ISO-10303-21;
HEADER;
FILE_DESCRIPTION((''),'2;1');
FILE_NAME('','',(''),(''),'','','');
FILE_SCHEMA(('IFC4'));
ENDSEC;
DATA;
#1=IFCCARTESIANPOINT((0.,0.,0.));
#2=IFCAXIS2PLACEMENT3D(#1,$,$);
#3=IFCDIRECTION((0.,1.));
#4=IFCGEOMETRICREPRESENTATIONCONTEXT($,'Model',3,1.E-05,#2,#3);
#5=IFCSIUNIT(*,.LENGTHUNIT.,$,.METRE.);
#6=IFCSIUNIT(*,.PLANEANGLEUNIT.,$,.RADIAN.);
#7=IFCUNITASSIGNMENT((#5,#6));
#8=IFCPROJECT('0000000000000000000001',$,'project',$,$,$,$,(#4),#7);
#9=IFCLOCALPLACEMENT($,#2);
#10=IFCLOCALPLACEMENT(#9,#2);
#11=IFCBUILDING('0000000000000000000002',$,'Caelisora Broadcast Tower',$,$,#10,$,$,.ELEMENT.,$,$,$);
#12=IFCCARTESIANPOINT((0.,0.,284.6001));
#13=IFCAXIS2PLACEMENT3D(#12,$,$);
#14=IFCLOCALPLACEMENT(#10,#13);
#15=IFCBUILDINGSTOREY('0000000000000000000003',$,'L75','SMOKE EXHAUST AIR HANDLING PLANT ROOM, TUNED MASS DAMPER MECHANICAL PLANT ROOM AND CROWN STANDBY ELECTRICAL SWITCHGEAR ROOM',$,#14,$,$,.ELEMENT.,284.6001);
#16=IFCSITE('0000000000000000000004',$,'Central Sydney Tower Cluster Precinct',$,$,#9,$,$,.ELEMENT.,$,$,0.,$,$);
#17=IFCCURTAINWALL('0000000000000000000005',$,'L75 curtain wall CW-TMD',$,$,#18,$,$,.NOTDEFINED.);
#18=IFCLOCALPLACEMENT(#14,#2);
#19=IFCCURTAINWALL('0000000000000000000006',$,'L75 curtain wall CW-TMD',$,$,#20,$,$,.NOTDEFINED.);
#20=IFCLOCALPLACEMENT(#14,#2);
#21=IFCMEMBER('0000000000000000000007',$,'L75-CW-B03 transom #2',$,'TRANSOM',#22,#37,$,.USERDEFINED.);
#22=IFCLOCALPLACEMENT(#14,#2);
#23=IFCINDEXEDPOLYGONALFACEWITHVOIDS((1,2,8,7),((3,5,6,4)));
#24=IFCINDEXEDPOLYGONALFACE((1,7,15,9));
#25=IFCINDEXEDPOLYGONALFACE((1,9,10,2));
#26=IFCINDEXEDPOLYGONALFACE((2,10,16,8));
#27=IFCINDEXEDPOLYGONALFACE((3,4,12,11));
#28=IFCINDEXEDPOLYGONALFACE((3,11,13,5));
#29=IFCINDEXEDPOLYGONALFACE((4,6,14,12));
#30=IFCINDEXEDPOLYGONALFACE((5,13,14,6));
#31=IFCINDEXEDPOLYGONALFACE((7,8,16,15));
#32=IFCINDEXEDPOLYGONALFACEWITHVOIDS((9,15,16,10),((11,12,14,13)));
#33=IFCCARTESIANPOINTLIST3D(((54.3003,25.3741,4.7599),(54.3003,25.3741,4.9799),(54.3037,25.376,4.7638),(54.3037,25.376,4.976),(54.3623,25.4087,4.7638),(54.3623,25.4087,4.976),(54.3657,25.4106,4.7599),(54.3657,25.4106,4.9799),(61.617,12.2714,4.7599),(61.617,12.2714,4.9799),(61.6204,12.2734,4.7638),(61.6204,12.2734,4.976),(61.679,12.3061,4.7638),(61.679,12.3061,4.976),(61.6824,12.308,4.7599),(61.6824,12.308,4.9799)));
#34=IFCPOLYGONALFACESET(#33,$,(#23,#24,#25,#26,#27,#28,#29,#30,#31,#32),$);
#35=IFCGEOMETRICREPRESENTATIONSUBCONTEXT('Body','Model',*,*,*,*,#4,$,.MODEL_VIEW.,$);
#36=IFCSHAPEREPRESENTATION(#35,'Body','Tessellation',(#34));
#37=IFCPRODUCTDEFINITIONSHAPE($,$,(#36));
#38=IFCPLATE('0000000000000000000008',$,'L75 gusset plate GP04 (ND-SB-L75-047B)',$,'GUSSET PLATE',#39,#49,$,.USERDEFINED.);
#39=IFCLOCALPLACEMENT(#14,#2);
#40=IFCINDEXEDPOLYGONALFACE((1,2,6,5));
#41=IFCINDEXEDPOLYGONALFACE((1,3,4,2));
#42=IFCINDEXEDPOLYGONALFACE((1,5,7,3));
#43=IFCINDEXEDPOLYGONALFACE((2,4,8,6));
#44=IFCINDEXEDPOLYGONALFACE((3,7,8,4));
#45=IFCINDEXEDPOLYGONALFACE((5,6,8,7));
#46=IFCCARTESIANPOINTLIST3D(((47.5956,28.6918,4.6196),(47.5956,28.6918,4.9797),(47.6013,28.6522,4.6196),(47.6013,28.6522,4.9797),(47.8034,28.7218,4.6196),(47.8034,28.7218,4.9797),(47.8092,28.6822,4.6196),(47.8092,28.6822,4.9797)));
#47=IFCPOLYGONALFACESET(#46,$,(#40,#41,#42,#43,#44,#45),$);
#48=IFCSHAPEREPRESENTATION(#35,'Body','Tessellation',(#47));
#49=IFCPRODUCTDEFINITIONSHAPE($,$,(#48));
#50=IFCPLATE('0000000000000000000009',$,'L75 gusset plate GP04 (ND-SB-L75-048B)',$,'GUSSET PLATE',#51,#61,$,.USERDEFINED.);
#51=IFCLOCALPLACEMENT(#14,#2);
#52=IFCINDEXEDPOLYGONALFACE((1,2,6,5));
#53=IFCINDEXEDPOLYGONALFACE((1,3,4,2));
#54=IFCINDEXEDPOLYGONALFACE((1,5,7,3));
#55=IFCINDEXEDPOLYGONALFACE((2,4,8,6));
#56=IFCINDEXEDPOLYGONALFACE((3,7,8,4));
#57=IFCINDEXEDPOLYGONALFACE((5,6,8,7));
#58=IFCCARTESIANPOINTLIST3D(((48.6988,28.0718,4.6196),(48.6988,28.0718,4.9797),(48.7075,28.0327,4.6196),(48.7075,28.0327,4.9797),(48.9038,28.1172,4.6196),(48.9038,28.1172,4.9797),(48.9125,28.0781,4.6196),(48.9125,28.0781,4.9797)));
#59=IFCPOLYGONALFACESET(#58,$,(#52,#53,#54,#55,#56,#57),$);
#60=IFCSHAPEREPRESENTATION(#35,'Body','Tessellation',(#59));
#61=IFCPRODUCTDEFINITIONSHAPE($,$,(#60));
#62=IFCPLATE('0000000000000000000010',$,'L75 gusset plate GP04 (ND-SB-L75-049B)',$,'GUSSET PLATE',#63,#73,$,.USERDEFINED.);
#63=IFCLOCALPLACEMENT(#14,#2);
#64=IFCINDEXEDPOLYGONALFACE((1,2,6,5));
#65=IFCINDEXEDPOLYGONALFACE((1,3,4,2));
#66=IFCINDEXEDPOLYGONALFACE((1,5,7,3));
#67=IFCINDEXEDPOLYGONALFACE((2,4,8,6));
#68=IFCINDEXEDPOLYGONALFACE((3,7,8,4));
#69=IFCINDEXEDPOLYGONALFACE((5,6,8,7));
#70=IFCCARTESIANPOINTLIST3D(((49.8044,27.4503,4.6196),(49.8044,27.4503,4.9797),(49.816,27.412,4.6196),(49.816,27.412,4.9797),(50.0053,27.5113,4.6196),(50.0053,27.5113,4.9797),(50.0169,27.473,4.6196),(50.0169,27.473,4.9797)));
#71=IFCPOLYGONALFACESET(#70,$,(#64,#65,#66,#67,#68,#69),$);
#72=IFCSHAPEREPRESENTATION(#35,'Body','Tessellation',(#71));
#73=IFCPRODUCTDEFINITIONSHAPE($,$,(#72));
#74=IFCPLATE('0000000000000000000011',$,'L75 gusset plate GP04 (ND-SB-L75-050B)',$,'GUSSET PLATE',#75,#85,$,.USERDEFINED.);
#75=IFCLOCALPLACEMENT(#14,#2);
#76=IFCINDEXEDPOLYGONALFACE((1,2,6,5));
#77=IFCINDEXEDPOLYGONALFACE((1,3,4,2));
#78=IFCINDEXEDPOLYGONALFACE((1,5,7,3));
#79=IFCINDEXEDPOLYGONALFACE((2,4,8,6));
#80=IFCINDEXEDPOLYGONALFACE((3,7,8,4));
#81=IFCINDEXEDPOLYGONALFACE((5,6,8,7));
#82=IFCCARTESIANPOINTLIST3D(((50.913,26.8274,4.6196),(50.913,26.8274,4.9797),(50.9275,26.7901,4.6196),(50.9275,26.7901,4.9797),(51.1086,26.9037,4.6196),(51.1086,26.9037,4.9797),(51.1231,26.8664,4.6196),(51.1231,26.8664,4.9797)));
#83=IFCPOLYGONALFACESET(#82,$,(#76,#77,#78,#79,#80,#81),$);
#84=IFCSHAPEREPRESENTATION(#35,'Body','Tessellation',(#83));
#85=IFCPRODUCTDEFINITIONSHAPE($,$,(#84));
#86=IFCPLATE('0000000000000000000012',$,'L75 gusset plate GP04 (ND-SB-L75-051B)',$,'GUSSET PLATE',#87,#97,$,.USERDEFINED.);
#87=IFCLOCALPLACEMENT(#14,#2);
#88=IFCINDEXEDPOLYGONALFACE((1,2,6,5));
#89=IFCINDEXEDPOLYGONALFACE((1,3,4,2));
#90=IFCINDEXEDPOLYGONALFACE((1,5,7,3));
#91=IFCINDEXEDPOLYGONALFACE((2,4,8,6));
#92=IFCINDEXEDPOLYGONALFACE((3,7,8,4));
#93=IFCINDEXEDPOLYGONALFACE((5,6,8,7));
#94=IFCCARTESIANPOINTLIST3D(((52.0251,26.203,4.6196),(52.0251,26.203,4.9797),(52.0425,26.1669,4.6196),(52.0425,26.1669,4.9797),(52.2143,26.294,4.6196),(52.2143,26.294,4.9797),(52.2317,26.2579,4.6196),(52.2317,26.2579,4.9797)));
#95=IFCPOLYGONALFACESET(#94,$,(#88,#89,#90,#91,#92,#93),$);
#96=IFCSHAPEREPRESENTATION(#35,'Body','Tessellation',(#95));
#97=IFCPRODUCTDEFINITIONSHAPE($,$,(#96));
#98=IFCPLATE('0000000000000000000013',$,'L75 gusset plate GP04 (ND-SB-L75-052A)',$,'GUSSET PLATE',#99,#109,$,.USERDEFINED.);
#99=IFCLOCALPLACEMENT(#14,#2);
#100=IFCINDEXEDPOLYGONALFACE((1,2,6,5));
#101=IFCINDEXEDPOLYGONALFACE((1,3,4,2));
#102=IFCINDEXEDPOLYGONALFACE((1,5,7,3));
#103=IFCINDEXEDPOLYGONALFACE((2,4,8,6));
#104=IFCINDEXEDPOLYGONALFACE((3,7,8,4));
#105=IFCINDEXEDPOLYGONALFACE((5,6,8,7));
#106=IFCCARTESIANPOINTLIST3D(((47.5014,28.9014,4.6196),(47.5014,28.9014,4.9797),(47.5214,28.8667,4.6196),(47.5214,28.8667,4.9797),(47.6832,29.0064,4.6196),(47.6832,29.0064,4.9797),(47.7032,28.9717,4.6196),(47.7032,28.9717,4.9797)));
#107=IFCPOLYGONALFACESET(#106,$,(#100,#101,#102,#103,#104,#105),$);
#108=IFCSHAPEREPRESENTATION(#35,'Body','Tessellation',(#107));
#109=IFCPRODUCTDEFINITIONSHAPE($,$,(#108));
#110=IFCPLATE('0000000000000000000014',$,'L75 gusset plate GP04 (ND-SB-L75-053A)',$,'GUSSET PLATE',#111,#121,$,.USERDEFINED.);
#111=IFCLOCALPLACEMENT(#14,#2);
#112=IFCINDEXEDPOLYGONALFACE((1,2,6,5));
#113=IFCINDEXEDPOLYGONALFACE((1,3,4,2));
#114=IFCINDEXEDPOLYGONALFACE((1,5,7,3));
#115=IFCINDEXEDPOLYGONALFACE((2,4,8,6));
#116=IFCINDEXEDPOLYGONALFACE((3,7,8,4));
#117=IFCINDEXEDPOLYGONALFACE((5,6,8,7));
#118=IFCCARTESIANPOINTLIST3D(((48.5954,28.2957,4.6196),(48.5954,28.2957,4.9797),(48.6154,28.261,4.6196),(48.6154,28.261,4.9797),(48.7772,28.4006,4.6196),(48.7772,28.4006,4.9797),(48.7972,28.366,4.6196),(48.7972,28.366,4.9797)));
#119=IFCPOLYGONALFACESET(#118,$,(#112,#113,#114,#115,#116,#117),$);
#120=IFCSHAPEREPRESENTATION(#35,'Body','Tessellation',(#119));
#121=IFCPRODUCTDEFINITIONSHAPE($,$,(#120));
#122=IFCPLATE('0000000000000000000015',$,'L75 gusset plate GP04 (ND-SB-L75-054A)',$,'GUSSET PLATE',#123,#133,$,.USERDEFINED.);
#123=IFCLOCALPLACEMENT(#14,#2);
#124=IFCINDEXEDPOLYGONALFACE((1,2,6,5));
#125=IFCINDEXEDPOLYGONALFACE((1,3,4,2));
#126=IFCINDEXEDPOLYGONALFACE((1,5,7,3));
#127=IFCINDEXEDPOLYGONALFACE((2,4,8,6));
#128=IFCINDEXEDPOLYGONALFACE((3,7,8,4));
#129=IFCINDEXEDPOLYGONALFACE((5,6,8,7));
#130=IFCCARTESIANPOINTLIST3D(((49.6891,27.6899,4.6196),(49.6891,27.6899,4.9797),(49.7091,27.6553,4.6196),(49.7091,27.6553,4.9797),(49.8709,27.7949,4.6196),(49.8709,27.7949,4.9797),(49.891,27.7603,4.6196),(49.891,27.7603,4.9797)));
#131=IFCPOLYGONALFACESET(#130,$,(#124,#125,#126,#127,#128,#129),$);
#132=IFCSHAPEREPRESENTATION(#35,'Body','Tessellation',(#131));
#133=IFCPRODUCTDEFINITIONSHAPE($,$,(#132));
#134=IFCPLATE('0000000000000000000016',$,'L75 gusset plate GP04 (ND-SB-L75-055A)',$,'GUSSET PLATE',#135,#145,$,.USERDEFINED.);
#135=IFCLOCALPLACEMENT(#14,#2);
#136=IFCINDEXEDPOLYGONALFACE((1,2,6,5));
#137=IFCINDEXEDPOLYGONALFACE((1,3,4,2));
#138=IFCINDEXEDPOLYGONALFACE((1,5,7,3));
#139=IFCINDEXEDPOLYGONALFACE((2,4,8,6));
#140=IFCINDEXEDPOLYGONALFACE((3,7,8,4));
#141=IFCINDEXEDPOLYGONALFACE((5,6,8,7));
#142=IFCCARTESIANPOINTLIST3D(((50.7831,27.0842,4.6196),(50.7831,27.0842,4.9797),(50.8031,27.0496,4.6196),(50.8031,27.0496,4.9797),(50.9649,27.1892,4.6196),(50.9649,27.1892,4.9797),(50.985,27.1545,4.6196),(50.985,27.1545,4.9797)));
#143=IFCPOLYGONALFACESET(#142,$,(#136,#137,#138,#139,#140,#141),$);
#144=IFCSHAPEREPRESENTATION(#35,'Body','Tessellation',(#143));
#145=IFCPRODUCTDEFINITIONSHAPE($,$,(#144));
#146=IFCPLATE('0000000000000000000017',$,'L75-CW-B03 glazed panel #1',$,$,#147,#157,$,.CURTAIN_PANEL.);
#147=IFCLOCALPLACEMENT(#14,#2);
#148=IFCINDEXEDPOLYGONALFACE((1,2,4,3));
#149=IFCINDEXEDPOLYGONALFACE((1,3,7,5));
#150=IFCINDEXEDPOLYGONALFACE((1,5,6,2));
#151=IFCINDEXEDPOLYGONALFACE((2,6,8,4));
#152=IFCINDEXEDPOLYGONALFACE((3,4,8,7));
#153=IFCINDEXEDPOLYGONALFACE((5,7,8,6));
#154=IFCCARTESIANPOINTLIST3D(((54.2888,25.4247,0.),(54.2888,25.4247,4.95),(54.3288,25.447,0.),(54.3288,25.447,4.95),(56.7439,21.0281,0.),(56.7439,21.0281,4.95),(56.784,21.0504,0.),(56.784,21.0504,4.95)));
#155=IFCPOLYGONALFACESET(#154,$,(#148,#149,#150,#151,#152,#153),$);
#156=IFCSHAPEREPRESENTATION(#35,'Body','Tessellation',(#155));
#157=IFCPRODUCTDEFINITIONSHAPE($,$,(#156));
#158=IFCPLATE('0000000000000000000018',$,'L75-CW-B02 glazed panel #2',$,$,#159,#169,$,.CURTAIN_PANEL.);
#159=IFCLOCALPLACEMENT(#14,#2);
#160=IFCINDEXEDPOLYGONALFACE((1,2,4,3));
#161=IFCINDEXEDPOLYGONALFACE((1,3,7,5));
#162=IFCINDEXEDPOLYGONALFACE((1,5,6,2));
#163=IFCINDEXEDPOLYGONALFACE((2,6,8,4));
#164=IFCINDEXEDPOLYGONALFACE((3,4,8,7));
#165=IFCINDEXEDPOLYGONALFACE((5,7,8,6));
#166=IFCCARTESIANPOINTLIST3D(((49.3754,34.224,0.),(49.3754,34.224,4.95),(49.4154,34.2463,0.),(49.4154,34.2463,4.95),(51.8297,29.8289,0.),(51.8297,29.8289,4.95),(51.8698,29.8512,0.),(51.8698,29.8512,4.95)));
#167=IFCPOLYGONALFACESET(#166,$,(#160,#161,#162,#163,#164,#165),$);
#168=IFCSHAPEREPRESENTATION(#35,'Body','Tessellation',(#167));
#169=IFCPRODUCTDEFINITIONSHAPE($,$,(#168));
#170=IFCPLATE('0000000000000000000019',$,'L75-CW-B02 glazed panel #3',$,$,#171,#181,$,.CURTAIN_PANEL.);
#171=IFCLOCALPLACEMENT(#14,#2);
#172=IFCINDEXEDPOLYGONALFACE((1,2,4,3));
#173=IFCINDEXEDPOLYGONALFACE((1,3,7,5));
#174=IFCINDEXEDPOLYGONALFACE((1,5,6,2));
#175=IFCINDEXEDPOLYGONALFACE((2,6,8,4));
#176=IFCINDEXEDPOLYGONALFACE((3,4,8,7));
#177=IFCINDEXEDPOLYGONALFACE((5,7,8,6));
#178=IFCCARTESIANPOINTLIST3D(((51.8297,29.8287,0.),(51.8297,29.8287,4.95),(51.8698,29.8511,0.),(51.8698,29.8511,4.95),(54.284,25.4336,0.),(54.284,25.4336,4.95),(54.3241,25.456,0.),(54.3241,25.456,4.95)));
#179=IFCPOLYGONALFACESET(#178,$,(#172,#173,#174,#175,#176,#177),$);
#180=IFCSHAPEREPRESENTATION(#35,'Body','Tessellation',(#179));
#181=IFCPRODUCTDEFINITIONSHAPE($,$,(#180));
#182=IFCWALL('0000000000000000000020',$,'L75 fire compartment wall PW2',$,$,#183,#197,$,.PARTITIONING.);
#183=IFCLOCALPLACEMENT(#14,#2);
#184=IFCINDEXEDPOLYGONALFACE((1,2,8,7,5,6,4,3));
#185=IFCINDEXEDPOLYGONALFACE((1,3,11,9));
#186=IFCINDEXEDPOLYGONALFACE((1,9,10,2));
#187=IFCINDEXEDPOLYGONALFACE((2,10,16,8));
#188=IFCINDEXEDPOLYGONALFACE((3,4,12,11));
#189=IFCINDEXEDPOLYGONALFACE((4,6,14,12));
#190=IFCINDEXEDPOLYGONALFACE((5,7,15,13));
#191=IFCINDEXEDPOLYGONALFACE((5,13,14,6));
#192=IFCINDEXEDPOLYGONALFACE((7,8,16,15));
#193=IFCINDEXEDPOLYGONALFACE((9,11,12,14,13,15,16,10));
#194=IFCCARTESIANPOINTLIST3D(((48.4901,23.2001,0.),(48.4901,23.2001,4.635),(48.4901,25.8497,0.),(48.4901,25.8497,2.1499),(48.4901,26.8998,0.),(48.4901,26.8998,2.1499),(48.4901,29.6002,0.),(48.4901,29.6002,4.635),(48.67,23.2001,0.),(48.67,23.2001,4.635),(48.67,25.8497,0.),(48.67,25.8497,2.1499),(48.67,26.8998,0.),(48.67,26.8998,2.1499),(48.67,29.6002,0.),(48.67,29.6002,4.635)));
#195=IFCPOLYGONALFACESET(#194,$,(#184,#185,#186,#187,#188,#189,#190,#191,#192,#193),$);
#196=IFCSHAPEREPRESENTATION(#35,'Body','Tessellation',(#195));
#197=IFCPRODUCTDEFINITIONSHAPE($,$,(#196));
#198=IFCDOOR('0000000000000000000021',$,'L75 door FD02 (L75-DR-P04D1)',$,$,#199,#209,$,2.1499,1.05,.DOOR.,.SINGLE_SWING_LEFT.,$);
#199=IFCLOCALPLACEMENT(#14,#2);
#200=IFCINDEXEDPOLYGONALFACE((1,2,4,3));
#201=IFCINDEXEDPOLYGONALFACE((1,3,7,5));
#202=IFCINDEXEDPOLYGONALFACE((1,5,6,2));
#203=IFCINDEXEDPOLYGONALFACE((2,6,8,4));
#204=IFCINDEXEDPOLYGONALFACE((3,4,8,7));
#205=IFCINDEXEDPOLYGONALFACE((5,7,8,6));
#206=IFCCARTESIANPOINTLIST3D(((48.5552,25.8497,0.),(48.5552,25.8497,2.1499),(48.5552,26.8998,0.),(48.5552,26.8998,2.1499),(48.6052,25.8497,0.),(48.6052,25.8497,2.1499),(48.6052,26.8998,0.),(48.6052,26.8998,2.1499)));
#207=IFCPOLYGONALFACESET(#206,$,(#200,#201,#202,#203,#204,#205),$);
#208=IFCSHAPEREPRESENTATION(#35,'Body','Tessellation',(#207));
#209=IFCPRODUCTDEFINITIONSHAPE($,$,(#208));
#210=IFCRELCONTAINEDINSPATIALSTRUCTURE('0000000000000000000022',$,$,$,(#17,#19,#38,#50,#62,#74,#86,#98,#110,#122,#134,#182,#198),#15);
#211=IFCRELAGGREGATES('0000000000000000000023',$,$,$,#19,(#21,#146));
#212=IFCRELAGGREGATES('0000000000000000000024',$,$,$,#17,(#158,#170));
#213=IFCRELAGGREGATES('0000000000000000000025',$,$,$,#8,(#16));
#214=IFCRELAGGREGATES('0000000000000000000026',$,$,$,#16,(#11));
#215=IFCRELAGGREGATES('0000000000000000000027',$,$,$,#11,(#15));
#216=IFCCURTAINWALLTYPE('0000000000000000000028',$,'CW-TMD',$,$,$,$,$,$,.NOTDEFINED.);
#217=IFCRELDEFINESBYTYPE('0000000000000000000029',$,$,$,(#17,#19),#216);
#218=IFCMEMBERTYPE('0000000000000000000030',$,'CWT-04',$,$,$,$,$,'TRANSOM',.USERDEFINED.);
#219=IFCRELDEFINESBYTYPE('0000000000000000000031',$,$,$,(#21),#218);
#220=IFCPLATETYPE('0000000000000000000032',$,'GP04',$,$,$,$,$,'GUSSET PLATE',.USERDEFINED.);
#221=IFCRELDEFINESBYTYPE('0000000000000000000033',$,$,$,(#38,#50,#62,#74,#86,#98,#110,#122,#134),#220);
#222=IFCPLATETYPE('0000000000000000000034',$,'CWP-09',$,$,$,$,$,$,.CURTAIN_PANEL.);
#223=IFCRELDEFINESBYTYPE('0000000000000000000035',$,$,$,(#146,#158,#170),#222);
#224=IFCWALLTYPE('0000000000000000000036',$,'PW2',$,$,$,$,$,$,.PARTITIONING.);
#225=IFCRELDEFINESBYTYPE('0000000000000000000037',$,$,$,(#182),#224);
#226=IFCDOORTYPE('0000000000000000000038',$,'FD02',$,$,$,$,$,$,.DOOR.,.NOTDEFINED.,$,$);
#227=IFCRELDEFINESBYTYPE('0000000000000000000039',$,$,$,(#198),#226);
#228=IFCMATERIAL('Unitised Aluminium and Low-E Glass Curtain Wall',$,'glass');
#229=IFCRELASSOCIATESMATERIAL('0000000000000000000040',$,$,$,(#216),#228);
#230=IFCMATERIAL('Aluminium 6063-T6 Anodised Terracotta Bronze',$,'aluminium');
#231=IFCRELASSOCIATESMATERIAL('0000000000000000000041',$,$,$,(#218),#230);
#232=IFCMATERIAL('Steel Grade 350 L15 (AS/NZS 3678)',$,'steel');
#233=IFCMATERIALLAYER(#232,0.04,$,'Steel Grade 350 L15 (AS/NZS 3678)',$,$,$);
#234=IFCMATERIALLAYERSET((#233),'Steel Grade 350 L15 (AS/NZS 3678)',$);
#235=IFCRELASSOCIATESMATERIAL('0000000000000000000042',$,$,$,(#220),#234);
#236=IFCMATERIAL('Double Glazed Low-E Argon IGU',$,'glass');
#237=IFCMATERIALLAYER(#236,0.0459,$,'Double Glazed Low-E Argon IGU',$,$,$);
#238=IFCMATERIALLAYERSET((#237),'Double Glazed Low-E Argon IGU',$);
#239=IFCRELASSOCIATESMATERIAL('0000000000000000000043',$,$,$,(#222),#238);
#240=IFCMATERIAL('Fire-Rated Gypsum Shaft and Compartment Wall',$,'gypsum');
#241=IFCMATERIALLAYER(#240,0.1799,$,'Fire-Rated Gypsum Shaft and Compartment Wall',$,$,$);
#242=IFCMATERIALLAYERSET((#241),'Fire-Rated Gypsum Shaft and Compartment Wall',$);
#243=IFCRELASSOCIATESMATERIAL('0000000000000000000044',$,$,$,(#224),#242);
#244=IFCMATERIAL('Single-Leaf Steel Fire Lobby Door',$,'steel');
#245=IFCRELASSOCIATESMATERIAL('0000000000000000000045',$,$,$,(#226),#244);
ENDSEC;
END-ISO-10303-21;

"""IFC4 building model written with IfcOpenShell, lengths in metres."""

from ifc_helpers import new_model, si_unit, direction, frame, frame_2d, origin, origin_2d, place, context, subcontext, project, spatial, rectangle, hollow_rectangle, extrude, source, transform, mapped, material, layer, layer_set, material_profile, profile_set, type_object, type_shapes, element, fill, aggregate, save


model = new_model("IFC4")

# Units and contexts
model_context = context("Model", 3, precision=1e-05, world=origin(), true_north=direction((0.0, 1.0)))
body_context = subcontext(model_context, "Body", "Model", "MODEL_VIEW")
ifc_project = project(units=[si_unit("LENGTHUNIT", "METRE"), si_unit("PLANEANGLEUNIT", "RADIAN")], contexts=[model_context])

# Site, building, storey
site_placement = place(None, origin())
site = spatial("IfcSite", under=ifc_project, at=site_placement, Name="Central Sydney Tower Cluster Precinct", CompositionType="ELEMENT", RefElevation=0.0)
building_placement = place(site_placement, origin())
building = spatial("IfcBuilding", under=site, at=building_placement, Name="Caelisora Broadcast Tower", CompositionType="ELEMENT")
storey_placement = place(building_placement, frame((0.0, 0.0, 284.6001)))
storey = spatial("IfcBuildingStorey", under=building, at=storey_placement, Name="L75", Description="SMOKE EXHAUST AIR HANDLING PLANT ROOM, TUNED MASS DAMPER MECHANICAL PLANT ROOM AND CROWN STANDBY ELECTRICAL SWITCHGEAR ROOM", CompositionType="ELEMENT", Elevation=284.6001)

# Shared definitions
ifc_material_1 = material(Name="Steel Grade 350 L15 (AS/NZS 3678)", Category="steel")

# Curtain walls, member
ifc_material_2 = material(Name="Unitised Aluminium and Low-E Glass Curtain Wall", Category="glass")
curtain_wall_type = type_object("IfcCurtainWallType", Name="CW-TMD", PredefinedType="NOTDEFINED", material=ifc_material_2)
curtain_wall_1_placement = place(storey_placement, origin())
curtain_wall_1 = element("IfcCurtainWall", 1, at=curtain_wall_1_placement, inside=storey, type_object=curtain_wall_type, Name="L75 curtain wall CW-TMD", PredefinedType="NOTDEFINED")
ifc_material_3 = material(Name="Aluminium 6063-T6 Anodised Terracotta Bronze", Category="aluminium")
curtain_wall_2_placement = place(storey_placement, origin())
curtain_wall_2 = element("IfcCurtainWall", 2, at=curtain_wall_2_placement, inside=storey, type_object=curtain_wall_type, Name="L75 curtain wall CW-TMD", PredefinedType="NOTDEFINED")
ifc_material_profile_1 = material_profile(ifc_material_3, hollow_rectangle(XDim=0.075, YDim=0.22, WallThickness=0.0039, at=origin_2d()), Name="Aluminium 6063-T6 Anodised Terracotta Bronze")
ifc_profile_set_1 = profile_set([ifc_material_profile_1], Name="Aluminium 6063-T6 Anodised Terracotta Bronze")
member_type_1 = type_object("IfcMemberType", Name="CWT-04", ElementType="TRANSOM", PredefinedType="USERDEFINED", material=ifc_profile_set_1)
shared_shape_1 = source(origin(), body_context, "Body", "SweptSolid", [
    extrude(hollow_rectangle(XDim=0.075, YDim=0.22, WallThickness=0.0039, at=origin_2d()), origin(), (0.0, 0.0, 1.0), 15.0071),
])
type_shapes(member_type_1, [shared_shape_1])
member_1_placement = place(storey_placement, frame((54.333, 25.3923, 4.8699), z_axis=(0.487549, -0.873095, 0.0), x_axis=(0.873095, 0.487549, 0.0)))
member_1 = element("IfcMember", 3, at=member_1_placement, type_object=member_type_1, Name="L75-CW-B03 transom #2", ObjectType="TRANSOM", PredefinedType="USERDEFINED", context=body_context, shape_type="MappedRepresentation", body=[
    mapped(shared_shape_1, transform((0.0, 0.0, 0.0), scale=1.0)),
])

# Plates
ifc_layer_1 = layer(ifc_material_1, 0.04, Name="Steel Grade 350 L15 (AS/NZS 3678)")
ifc_layer_set_1 = layer_set([ifc_layer_1], Name="Steel Grade 350 L15 (AS/NZS 3678)")
plate_type_1 = type_object("IfcPlateType", Name="GP04", ElementType="GUSSET PLATE", PredefinedType="USERDEFINED", material=ifc_layer_set_1)
shared_shape_2 = source(origin(), body_context, "Body", "SweptSolid", [
    extrude(rectangle(XDim=0.21, YDim=0.04, at=origin_2d()), origin(), (0.0, 0.0, 1.0), 0.3601),
])
type_shapes(plate_type_1, [shared_shape_2])
for number, where, z_axis, x_axis, name in (
    (4, (47.7024, 28.687, 4.6196), (0.0, 0.0, 1.0), (-0.989751, -0.142802, 0.0), "L75 gusset plate GP04 (ND-SB-L75-047B)"),
    (5, (48.8057, 28.075, 4.6196), (0.0, 0.0, 1.0), (-0.976258, -0.21661, 0.0), "L75 gusset plate GP04 (ND-SB-L75-048B)"),
    (6, (49.9106, 27.4617, 4.6196), (0.0, 0.0, 1.0), (-0.956864, -0.290535, 0.0), "L75 gusset plate GP04 (ND-SB-L75-049B)"),
    (7, (51.0181, 26.8469, 4.6196), (0.0, 0.0, 1.0), (-0.931691, -0.363251, 0.0), "L75 gusset plate GP04 (ND-SB-L75-050B)"),
    (8, (52.1284, 26.2305, 4.6196), (0.0, 0.0, 1.0), (-0.901153, -0.433502, 0.0), "L75 gusset plate GP04 (ND-SB-L75-051B)"),
    (9, (47.6023, 28.9365, 4.6196), (0.0, 0.0, 1.0), (-0.866025, -0.5, 0.0), "L75 gusset plate GP04 (ND-SB-L75-052A)"),
    (10, (48.6963, 28.3308, 4.6196), (0.0, 0.0, 1.0), (-0.866025, -0.5, 0.0), "L75 gusset plate GP04 (ND-SB-L75-053A)"),
    (11, (49.79, 27.7251, 4.6196), (0.0, 0.0, 1.0), (-0.866025, -0.5, 0.0), "L75 gusset plate GP04 (ND-SB-L75-054A)"),
    (12, (50.884, 27.1194, 4.6196), (0.0, 0.0, 1.0), (-0.866025, -0.5, 0.0), "L75 gusset plate GP04 (ND-SB-L75-055A)"),
):
    element("IfcPlate", number, at=place(storey_placement, frame(where, z_axis=z_axis, x_axis=x_axis)), inside=storey, type_object=plate_type_1, Name=name, ObjectType="GUSSET PLATE", PredefinedType="USERDEFINED", context=body_context, shape_type="MappedRepresentation", body=[
        mapped(shared_shape_2, transform((0.0, 0.0, 0.0), scale=1.0)),
    ])

# Plates
ifc_material_4 = material(Name="Double Glazed Low-E Argon IGU", Category="glass")
ifc_layer_2 = layer(ifc_material_4, 0.0459, Name="Double Glazed Low-E Argon IGU")
ifc_layer_set_2 = layer_set([ifc_layer_2], Name="Double Glazed Low-E Argon IGU")
plate_type_2 = type_object("IfcPlateType", Name="CWP-09", PredefinedType="CURTAIN_PANEL", material=ifc_layer_set_2)
shared_shape_3 = source(origin(), body_context, "Body", "SweptSolid", [
    extrude(rectangle(XDim=5.0356, YDim=0.0459, at=origin_2d()), origin(), (0.0, 0.0, 1.0), 4.95),
])
plate_1_placement = place(storey_placement, frame((55.5364, 23.2375, 0.0), z_axis=(0.0, 0.0, 1.0), x_axis=(0.487555, -0.873092, 0.0)))
plate_1 = element("IfcPlate", 13, at=plate_1_placement, type_object=plate_type_2, Name="L75-CW-B03 glazed panel #1", PredefinedType="CURTAIN_PANEL", context=body_context, shape_type="MappedRepresentation", body=[
    mapped(shared_shape_3, transform((0.0, 0.0, 0.0), scale=1.0)),
])
aggregate(curtain_wall_2, [member_1, plate_1])
shared_shape_4 = source(origin(), body_context, "Body", "SweptSolid", [
    extrude(rectangle(XDim=5.0339, YDim=0.0459, at=origin_2d()), origin(), (0.0, 0.0, 1.0), 4.95),
])
type_shapes(plate_type_2, [shared_shape_3, shared_shape_4])
plate_2_placement = place(storey_placement, frame((50.6226, 32.0376, 0.0), z_axis=(0.0, 0.0, 1.0), x_axis=(0.487555, -0.873092, 0.0)))
plate_2 = element("IfcPlate", 14, at=plate_2_placement, type_object=plate_type_2, Name="L75-CW-B02 glazed panel #2", PredefinedType="CURTAIN_PANEL", context=body_context, shape_type="MappedRepresentation", body=[
    mapped(shared_shape_4, transform((0.0, 0.0, 0.0), scale=1.0)),
])
plate_3_placement = place(storey_placement, frame((53.0769, 27.6423, 0.0), z_axis=(0.0, 0.0, 1.0), x_axis=(0.487555, -0.873092, 0.0)))
plate_3 = element("IfcPlate", 15, at=plate_3_placement, type_object=plate_type_2, Name="L75-CW-B02 glazed panel #3", PredefinedType="CURTAIN_PANEL", context=body_context, shape_type="MappedRepresentation", body=[
    mapped(shared_shape_4, transform((0.0, 0.0, 0.0), scale=1.0)),
])
aggregate(curtain_wall_1, [plate_2, plate_3])

# Wall, opening, door
ifc_material_5 = material(Name="Fire-Rated Gypsum Shaft and Compartment Wall", Category="gypsum")
ifc_layer_3 = layer(ifc_material_5, 0.1799, Name="Fire-Rated Gypsum Shaft and Compartment Wall")
ifc_layer_set_3 = layer_set([ifc_layer_3], Name="Fire-Rated Gypsum Shaft and Compartment Wall")
wall_type = type_object("IfcWallType", Name="PW2", PredefinedType="PARTITIONING", material=ifc_layer_set_3)
wall_1_placement = place(storey_placement, frame((48.5801, 23.2, 0.0), z_axis=(0.0, 0.0, 1.0), x_axis=(0.0, 1.0, 0.0)))
wall_1 = element("IfcWall", 16, at=wall_1_placement, inside=storey, type_object=wall_type, Name="L75 fire compartment wall PW2", PredefinedType="PARTITIONING", context=body_context, shape_type="SweptSolid", body=[
    extrude(rectangle(XDim=6.4001, YDim=0.1799, at=frame_2d((3.2002, 0.0))), origin(), (0.0, 0.0, 1.0), 4.635),
])
opening_1_placement = place(wall_1_placement, frame((2.6499, 0.0, 0.0)))
opening_1 = element("IfcOpeningElement", 17, at=opening_1_placement, cuts=wall_1, PredefinedType="OPENING", context=body_context, shape_type="SweptSolid", body=[
    extrude(rectangle(XDim=1.05, YDim=2.1499, at=frame_2d((0.5249, 1.075))), frame((0.0, 0.1021, 0.0), z_axis=(0.0, -1.0, 0.0), x_axis=(1.0, 0.0, 0.0)), (0.0, 0.0, 1.0), 0.2039),
])
ifc_material_6 = material(Name="Single-Leaf Steel Fire Lobby Door", Category="steel")
door_type = type_object("IfcDoorType", Name="FD02", OperationType="NOTDEFINED", PredefinedType="DOOR", material=ifc_material_6)
door_1_placement = place(opening_1_placement, origin())
door_1 = element("IfcDoor", 18, at=door_1_placement, inside=storey, type_object=door_type, Name="L75 door FD02 (L75-DR-P04D1)", OperationType="SINGLE_SWING_LEFT", OverallHeight=2.1499, OverallWidth=1.05, PredefinedType="DOOR", context=body_context, shape_type="SweptSolid", body=[
    extrude(rectangle(XDim=1.05, YDim=2.1499, at=frame_2d((0.5249, 1.075))), frame((0.0, 0.0249, 0.0), z_axis=(0.0, -1.0, 0.0), x_axis=(1.0, 0.0, 0.0)), (0.0, 0.0, 1.0), 0.05),
])
fill(opening_1, door_1)

save(model, "model.ifc")
